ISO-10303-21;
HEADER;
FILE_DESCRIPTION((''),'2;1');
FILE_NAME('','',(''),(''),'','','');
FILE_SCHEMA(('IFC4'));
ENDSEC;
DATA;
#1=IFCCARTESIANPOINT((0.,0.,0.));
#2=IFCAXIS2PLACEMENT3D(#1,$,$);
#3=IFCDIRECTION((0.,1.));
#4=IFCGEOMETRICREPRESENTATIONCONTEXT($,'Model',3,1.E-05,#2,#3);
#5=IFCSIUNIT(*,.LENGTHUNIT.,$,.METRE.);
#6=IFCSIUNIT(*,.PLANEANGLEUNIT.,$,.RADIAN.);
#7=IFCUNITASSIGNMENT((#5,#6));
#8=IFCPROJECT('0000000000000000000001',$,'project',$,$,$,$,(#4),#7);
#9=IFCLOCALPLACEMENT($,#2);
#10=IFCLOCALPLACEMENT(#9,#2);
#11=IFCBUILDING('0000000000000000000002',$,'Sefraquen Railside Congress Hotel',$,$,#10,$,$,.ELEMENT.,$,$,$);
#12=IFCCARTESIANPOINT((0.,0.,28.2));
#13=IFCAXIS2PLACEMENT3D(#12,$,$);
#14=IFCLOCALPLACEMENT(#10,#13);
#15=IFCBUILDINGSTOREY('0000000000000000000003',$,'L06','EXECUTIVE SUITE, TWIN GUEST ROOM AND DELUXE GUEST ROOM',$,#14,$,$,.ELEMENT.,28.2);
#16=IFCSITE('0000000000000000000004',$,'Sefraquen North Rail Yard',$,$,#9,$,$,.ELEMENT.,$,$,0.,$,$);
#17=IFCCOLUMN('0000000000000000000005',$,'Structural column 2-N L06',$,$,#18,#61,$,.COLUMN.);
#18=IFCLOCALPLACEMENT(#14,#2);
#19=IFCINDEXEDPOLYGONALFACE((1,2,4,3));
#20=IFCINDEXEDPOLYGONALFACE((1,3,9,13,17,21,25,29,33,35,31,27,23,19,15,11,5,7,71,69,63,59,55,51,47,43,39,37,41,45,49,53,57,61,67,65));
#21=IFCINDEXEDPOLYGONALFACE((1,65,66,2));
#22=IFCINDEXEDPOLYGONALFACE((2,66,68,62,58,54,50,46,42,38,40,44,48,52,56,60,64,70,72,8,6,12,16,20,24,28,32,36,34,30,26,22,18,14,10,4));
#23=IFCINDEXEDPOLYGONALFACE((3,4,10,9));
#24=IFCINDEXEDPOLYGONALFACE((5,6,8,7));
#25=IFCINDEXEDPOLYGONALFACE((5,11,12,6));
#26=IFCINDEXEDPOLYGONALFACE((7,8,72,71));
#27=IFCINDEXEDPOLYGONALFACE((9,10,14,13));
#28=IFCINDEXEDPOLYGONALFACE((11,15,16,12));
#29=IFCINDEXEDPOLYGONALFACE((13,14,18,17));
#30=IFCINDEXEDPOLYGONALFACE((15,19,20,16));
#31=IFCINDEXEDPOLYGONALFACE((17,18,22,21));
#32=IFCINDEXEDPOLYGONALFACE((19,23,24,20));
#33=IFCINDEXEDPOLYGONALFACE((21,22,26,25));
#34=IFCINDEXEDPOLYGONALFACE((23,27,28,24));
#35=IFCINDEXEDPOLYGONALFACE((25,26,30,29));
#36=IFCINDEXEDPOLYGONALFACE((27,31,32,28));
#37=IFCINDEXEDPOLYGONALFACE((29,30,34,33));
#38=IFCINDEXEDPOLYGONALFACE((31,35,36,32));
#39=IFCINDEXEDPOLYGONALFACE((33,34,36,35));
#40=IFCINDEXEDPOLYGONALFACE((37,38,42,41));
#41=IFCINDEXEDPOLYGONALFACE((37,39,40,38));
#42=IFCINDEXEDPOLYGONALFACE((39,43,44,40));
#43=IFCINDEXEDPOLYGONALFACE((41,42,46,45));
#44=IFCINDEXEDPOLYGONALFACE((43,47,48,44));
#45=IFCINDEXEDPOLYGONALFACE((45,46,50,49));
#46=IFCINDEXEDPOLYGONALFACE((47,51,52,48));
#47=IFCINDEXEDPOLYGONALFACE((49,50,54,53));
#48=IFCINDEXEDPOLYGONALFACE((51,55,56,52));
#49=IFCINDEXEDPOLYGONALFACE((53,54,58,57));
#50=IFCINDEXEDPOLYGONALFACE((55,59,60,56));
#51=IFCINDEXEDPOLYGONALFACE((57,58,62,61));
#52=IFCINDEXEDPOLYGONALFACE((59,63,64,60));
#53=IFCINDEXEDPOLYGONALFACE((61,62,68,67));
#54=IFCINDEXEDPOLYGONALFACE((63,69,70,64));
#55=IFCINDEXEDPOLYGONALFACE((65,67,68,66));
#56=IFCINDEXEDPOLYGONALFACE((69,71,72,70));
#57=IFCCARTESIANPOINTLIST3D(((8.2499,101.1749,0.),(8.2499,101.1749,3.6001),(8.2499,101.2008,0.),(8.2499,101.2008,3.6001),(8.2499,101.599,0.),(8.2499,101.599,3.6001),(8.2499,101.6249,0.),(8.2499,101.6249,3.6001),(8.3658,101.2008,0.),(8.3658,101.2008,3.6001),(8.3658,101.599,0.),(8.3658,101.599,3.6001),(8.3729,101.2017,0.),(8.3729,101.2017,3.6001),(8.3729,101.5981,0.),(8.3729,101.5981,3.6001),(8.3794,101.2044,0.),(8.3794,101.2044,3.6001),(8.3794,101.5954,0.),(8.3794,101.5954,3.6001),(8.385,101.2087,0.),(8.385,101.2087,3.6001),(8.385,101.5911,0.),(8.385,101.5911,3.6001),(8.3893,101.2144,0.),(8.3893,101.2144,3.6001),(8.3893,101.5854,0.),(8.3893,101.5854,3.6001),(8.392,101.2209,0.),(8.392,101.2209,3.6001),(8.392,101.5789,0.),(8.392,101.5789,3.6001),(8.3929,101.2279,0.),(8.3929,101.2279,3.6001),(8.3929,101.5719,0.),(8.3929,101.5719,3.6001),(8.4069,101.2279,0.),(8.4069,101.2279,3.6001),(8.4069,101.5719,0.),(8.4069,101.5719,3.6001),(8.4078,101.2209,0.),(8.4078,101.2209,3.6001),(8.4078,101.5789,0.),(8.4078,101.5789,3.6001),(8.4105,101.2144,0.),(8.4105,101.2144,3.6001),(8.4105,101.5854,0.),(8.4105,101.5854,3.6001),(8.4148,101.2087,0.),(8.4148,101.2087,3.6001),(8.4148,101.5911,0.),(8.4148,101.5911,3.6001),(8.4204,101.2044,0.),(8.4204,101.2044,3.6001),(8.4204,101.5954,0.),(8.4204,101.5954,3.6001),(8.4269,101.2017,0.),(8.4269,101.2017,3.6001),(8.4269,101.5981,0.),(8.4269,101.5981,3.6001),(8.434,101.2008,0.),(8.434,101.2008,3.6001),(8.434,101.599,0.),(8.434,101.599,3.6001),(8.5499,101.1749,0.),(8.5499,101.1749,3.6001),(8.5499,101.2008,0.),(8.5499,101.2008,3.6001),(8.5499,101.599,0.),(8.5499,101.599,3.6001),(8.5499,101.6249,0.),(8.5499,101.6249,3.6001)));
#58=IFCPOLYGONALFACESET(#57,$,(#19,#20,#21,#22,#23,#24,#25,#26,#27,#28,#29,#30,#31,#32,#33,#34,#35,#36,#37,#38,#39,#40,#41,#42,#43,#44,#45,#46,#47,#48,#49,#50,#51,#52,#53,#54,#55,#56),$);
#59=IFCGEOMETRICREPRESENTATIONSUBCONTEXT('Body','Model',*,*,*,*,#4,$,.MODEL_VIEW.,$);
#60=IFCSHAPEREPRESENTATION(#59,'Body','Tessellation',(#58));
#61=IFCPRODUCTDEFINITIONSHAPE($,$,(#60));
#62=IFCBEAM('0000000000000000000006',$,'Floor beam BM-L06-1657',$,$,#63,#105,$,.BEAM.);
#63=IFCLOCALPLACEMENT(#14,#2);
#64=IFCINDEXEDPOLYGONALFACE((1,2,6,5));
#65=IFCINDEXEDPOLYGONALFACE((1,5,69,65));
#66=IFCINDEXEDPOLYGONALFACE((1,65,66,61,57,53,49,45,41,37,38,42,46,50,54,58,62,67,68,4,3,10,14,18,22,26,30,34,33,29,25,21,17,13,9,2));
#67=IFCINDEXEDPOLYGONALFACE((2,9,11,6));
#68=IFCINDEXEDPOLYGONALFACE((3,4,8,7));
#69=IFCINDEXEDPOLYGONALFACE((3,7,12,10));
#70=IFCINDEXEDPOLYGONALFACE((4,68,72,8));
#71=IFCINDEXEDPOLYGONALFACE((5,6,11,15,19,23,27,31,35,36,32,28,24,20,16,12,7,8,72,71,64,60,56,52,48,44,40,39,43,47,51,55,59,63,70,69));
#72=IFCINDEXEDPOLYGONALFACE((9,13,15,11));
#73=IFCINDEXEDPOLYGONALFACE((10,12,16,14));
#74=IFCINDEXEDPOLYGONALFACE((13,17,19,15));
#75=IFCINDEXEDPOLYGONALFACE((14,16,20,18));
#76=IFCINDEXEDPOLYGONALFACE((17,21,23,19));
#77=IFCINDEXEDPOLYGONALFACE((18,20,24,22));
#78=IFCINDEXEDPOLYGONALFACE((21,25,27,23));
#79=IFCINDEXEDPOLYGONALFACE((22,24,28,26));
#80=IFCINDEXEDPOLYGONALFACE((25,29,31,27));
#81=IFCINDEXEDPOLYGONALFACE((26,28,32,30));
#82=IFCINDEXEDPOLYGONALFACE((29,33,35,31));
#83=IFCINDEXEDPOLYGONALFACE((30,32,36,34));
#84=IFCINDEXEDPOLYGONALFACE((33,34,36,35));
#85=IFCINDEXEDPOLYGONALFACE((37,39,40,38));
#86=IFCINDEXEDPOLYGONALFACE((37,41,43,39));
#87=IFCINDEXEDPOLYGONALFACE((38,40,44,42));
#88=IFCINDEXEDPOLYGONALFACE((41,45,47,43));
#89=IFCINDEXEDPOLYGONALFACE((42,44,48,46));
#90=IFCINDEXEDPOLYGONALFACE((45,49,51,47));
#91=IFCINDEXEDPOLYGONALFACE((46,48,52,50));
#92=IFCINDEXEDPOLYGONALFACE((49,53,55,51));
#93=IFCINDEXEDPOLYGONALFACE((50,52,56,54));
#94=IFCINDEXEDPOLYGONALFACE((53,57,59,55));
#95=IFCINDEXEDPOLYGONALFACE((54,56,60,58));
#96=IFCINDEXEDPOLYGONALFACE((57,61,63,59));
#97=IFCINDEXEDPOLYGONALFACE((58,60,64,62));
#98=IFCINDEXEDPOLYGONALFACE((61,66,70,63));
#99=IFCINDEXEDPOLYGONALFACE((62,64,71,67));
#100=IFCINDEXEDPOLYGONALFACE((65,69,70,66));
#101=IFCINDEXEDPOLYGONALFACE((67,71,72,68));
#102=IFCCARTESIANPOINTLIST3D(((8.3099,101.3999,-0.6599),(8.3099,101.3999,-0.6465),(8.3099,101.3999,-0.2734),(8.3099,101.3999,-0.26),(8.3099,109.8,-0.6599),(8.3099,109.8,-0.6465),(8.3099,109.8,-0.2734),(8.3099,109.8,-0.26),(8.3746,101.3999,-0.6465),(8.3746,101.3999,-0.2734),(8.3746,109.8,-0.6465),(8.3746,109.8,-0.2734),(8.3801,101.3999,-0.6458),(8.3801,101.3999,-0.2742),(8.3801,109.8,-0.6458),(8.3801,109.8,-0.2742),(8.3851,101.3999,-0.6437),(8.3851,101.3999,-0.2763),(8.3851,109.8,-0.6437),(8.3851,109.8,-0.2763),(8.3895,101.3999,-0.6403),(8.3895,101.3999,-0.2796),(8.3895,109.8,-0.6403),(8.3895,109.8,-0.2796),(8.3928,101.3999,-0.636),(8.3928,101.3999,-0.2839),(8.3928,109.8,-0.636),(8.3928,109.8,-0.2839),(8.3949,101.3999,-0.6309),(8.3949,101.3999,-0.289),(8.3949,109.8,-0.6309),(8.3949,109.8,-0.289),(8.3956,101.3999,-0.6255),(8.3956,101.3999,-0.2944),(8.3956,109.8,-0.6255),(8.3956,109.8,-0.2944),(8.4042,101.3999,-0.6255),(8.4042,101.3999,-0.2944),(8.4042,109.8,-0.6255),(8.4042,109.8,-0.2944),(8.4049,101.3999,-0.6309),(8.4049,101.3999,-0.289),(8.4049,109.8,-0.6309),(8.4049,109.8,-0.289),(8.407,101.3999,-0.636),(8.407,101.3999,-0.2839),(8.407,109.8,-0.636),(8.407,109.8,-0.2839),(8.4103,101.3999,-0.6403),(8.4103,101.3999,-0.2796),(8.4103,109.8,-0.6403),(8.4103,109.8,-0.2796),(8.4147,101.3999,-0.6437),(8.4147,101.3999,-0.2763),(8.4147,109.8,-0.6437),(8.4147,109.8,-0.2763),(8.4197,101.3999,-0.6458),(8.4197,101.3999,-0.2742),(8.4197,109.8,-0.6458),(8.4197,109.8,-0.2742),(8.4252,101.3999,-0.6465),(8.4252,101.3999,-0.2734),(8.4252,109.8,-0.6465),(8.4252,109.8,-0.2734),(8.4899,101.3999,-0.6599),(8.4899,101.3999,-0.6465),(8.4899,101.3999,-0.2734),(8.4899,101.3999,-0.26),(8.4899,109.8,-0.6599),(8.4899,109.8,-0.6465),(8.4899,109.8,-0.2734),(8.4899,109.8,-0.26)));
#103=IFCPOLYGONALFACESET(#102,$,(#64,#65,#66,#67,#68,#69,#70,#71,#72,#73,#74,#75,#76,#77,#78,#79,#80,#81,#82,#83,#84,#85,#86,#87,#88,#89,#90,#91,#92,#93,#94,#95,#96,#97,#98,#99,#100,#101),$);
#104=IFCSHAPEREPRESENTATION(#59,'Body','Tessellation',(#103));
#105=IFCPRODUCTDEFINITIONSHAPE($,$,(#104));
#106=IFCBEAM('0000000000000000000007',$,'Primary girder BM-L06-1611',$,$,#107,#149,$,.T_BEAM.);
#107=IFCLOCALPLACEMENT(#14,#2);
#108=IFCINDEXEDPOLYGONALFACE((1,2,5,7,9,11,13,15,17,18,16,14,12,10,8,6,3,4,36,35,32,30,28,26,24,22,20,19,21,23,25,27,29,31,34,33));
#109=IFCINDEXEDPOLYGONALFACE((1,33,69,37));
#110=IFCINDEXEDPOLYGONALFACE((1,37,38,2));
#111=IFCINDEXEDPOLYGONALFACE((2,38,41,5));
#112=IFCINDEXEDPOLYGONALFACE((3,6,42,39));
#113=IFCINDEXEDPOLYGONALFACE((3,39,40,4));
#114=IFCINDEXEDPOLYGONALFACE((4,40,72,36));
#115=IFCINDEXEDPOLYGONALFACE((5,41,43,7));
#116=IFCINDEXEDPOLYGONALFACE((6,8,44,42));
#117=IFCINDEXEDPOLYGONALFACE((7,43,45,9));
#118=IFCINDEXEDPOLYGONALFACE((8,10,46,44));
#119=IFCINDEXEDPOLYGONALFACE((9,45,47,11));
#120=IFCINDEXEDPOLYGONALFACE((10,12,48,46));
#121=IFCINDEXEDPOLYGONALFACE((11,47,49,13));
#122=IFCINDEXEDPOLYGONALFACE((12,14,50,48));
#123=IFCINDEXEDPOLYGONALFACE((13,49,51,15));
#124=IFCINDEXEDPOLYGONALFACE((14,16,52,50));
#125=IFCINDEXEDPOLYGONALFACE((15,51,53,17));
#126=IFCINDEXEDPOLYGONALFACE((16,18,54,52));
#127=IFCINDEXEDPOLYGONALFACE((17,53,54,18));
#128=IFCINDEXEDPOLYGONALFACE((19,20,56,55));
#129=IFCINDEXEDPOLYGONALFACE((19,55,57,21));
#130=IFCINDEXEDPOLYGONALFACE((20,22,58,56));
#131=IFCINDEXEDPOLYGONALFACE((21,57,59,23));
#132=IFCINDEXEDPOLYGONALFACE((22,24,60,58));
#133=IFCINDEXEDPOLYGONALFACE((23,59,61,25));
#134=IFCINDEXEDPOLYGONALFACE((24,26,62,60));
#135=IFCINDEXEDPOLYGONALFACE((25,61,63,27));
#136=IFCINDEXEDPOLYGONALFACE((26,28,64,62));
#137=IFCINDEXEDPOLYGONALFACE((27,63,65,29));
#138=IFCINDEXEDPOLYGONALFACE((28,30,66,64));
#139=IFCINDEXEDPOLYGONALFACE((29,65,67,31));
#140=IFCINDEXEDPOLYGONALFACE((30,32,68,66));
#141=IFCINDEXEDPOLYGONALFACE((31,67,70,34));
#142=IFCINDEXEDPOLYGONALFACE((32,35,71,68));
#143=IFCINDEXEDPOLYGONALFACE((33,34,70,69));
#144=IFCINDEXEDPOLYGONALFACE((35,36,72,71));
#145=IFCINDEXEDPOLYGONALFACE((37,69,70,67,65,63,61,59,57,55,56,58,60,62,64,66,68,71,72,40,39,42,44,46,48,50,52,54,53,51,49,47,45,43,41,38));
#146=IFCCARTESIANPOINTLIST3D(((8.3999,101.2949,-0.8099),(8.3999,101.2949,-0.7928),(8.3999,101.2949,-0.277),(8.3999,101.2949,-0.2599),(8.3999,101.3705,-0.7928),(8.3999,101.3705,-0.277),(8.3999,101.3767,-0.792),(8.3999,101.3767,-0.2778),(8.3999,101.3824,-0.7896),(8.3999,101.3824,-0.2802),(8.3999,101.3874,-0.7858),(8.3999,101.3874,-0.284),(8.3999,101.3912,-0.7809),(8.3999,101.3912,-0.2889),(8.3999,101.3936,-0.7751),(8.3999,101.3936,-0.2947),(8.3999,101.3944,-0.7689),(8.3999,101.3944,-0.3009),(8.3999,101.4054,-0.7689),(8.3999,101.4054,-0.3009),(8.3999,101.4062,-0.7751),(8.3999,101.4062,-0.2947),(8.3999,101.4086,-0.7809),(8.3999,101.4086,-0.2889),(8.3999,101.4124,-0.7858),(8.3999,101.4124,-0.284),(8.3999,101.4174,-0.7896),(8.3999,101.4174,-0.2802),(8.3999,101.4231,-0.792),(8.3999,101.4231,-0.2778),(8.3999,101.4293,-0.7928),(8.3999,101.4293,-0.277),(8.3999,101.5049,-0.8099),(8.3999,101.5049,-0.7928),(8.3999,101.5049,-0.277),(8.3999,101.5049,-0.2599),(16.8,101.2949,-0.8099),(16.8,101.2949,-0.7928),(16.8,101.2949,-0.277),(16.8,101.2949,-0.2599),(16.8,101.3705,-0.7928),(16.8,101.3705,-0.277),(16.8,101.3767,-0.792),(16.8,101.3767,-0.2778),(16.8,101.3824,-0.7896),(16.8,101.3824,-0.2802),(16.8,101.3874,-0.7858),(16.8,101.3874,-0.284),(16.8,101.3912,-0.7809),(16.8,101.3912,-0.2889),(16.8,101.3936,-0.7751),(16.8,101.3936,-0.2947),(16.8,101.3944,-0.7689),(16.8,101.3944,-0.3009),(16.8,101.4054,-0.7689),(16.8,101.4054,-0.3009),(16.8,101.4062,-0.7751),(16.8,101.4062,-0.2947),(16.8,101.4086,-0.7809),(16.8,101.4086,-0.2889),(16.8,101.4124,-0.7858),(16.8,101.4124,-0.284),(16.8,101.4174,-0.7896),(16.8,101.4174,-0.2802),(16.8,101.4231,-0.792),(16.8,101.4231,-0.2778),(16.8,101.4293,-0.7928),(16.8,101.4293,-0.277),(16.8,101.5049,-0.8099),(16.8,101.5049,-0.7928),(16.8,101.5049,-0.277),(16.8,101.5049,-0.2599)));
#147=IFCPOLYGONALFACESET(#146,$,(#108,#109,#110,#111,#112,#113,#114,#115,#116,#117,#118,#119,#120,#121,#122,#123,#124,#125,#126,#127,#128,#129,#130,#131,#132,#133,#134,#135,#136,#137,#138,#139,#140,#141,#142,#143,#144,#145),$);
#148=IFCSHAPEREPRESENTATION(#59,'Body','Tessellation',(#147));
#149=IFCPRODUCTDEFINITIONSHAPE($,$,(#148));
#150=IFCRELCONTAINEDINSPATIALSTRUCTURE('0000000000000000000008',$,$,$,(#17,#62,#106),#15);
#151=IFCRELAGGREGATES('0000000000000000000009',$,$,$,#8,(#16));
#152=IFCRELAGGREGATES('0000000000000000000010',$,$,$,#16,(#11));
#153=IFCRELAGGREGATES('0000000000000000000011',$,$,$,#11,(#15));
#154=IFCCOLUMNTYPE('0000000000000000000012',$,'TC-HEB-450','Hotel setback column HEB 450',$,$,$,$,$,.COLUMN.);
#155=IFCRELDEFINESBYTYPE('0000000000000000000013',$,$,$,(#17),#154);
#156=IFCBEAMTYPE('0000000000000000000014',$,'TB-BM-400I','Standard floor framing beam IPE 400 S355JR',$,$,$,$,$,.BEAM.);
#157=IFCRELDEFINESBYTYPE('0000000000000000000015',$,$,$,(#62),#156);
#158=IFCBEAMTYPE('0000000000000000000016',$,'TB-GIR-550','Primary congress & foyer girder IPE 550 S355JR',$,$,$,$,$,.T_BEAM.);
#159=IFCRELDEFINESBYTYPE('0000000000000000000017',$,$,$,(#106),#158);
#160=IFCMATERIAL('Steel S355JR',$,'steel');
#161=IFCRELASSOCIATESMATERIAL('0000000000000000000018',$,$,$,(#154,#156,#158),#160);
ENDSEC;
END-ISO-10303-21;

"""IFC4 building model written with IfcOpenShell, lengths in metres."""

from ifc_helpers import new_model, si_unit, direction, frame, origin, origin_2d, place, context, subcontext, project, spatial, i_section, extrude, material, material_profile, profile_set, type_object, element, save


model = new_model("IFC4")

# Units and contexts
model_context = context("Model", 3, precision=1e-05, world=origin(), true_north=direction((0.0, 1.0)))
body_context = subcontext(model_context, "Body", "Model", "MODEL_VIEW")
ifc_project = project(units=[si_unit("LENGTHUNIT", "METRE"), si_unit("PLANEANGLEUNIT", "RADIAN")], contexts=[model_context])

# Site, building, storey
site_placement = place(None, origin())
site = spatial("IfcSite", under=ifc_project, at=site_placement, Name="Sefraquen North Rail Yard", CompositionType="ELEMENT", RefElevation=0.0)
building_placement = place(site_placement, origin())
building = spatial("IfcBuilding", under=site, at=building_placement, Name="Sefraquen Railside Congress Hotel", CompositionType="ELEMENT")
storey_placement = place(building_placement, frame((0.0, 0.0, 28.2)))
storey = spatial("IfcBuildingStorey", under=building, at=storey_placement, Name="L06", Description="EXECUTIVE SUITE, TWIN GUEST ROOM AND DELUXE GUEST ROOM", CompositionType="ELEMENT", Elevation=28.2)

# Column
ifc_material_1 = material(Name="Steel S355JR", Category="steel")
ifc_material_profile_1 = material_profile(ifc_material_1, i_section(OverallWidth=0.3, OverallDepth=0.45, WebThickness=0.0139, FlangeThickness=0.0259, FilletRadius=0.0271, at=origin_2d()), Name="HEB 450")
ifc_profile_set_1 = profile_set([ifc_material_profile_1], Name="Steel S355JR")
column_type = type_object("IfcColumnType", Name="TC-HEB-450", Description="Hotel setback column HEB 450", PredefinedType="COLUMN", material=ifc_profile_set_1)
column_placement = place(storey_placement, frame((8.3999, 101.3999, 0.0), z_axis=(0.0, 0.0, 1.0), x_axis=(1.0, 0.0, 0.0)))
element("IfcColumn", 1, at=column_placement, inside=storey, type_object=column_type, Name="Structural column 2-N L06", PredefinedType="COLUMN", context=body_context, shape_type="SweptSolid", body=[
    extrude(i_section(OverallWidth=0.3, OverallDepth=0.45, WebThickness=0.0139, FlangeThickness=0.0259, FilletRadius=0.0271, at=origin_2d()), origin(), (0.0, 0.0, 1.0), 3.6001),
])

# Beams
ifc_material_profile_2 = material_profile(ifc_material_1, i_section(OverallWidth=0.1799, OverallDepth=0.3999, WebThickness=0.0085, FlangeThickness=0.0134, FilletRadius=0.021, at=origin_2d()), Name="IPE 400")
ifc_profile_set_2 = profile_set([ifc_material_profile_2], Name="Steel S355JR")
beam_type_1 = type_object("IfcBeamType", Name="TB-BM-400I", Description="Standard floor framing beam IPE 400 S355JR", PredefinedType="BEAM", material=ifc_profile_set_2)
beam_1_placement = place(storey_placement, frame((8.3999, 101.3999, -0.46), z_axis=(0.0, 1.0, 0.0), x_axis=(-1.0, 0.0, 0.0)))
element("IfcBeam", 2, at=beam_1_placement, inside=storey, type_object=beam_type_1, Name="Floor beam BM-L06-1657", PredefinedType="BEAM", context=body_context, shape_type="SweptSolid", body=[
    extrude(i_section(OverallWidth=0.1799, OverallDepth=0.3999, WebThickness=0.0085, FlangeThickness=0.0134, FilletRadius=0.021, at=origin_2d()), origin(), (0.0, 0.0, 1.0), 8.4001),
])
ifc_material_profile_3 = material_profile(ifc_material_1, i_section(OverallWidth=0.21, OverallDepth=0.55, WebThickness=0.011, FlangeThickness=0.0171, FilletRadius=0.0239, at=origin_2d()), Name="IPE 550")
ifc_profile_set_3 = profile_set([ifc_material_profile_3], Name="Steel S355JR")
beam_type_2 = type_object("IfcBeamType", Name="TB-GIR-550", Description="Primary congress & foyer girder IPE 550 S355JR", PredefinedType="T_BEAM", material=ifc_profile_set_3)
beam_2_placement = place(storey_placement, frame((8.3999, 101.3999, -0.5349), z_axis=(1.0, 0.0, 0.0), x_axis=(0.0, 1.0, 0.0)))
element("IfcBeam", 3, at=beam_2_placement, inside=storey, type_object=beam_type_2, Name="Primary girder BM-L06-1611", PredefinedType="T_BEAM", context=body_context, shape_type="SweptSolid", body=[
    extrude(i_section(OverallWidth=0.21, OverallDepth=0.55, WebThickness=0.011, FlangeThickness=0.0171, FilletRadius=0.0239, at=origin_2d()), origin(), (0.0, 0.0, 1.0), 8.4001),
])

save(model, "model.ifc")
